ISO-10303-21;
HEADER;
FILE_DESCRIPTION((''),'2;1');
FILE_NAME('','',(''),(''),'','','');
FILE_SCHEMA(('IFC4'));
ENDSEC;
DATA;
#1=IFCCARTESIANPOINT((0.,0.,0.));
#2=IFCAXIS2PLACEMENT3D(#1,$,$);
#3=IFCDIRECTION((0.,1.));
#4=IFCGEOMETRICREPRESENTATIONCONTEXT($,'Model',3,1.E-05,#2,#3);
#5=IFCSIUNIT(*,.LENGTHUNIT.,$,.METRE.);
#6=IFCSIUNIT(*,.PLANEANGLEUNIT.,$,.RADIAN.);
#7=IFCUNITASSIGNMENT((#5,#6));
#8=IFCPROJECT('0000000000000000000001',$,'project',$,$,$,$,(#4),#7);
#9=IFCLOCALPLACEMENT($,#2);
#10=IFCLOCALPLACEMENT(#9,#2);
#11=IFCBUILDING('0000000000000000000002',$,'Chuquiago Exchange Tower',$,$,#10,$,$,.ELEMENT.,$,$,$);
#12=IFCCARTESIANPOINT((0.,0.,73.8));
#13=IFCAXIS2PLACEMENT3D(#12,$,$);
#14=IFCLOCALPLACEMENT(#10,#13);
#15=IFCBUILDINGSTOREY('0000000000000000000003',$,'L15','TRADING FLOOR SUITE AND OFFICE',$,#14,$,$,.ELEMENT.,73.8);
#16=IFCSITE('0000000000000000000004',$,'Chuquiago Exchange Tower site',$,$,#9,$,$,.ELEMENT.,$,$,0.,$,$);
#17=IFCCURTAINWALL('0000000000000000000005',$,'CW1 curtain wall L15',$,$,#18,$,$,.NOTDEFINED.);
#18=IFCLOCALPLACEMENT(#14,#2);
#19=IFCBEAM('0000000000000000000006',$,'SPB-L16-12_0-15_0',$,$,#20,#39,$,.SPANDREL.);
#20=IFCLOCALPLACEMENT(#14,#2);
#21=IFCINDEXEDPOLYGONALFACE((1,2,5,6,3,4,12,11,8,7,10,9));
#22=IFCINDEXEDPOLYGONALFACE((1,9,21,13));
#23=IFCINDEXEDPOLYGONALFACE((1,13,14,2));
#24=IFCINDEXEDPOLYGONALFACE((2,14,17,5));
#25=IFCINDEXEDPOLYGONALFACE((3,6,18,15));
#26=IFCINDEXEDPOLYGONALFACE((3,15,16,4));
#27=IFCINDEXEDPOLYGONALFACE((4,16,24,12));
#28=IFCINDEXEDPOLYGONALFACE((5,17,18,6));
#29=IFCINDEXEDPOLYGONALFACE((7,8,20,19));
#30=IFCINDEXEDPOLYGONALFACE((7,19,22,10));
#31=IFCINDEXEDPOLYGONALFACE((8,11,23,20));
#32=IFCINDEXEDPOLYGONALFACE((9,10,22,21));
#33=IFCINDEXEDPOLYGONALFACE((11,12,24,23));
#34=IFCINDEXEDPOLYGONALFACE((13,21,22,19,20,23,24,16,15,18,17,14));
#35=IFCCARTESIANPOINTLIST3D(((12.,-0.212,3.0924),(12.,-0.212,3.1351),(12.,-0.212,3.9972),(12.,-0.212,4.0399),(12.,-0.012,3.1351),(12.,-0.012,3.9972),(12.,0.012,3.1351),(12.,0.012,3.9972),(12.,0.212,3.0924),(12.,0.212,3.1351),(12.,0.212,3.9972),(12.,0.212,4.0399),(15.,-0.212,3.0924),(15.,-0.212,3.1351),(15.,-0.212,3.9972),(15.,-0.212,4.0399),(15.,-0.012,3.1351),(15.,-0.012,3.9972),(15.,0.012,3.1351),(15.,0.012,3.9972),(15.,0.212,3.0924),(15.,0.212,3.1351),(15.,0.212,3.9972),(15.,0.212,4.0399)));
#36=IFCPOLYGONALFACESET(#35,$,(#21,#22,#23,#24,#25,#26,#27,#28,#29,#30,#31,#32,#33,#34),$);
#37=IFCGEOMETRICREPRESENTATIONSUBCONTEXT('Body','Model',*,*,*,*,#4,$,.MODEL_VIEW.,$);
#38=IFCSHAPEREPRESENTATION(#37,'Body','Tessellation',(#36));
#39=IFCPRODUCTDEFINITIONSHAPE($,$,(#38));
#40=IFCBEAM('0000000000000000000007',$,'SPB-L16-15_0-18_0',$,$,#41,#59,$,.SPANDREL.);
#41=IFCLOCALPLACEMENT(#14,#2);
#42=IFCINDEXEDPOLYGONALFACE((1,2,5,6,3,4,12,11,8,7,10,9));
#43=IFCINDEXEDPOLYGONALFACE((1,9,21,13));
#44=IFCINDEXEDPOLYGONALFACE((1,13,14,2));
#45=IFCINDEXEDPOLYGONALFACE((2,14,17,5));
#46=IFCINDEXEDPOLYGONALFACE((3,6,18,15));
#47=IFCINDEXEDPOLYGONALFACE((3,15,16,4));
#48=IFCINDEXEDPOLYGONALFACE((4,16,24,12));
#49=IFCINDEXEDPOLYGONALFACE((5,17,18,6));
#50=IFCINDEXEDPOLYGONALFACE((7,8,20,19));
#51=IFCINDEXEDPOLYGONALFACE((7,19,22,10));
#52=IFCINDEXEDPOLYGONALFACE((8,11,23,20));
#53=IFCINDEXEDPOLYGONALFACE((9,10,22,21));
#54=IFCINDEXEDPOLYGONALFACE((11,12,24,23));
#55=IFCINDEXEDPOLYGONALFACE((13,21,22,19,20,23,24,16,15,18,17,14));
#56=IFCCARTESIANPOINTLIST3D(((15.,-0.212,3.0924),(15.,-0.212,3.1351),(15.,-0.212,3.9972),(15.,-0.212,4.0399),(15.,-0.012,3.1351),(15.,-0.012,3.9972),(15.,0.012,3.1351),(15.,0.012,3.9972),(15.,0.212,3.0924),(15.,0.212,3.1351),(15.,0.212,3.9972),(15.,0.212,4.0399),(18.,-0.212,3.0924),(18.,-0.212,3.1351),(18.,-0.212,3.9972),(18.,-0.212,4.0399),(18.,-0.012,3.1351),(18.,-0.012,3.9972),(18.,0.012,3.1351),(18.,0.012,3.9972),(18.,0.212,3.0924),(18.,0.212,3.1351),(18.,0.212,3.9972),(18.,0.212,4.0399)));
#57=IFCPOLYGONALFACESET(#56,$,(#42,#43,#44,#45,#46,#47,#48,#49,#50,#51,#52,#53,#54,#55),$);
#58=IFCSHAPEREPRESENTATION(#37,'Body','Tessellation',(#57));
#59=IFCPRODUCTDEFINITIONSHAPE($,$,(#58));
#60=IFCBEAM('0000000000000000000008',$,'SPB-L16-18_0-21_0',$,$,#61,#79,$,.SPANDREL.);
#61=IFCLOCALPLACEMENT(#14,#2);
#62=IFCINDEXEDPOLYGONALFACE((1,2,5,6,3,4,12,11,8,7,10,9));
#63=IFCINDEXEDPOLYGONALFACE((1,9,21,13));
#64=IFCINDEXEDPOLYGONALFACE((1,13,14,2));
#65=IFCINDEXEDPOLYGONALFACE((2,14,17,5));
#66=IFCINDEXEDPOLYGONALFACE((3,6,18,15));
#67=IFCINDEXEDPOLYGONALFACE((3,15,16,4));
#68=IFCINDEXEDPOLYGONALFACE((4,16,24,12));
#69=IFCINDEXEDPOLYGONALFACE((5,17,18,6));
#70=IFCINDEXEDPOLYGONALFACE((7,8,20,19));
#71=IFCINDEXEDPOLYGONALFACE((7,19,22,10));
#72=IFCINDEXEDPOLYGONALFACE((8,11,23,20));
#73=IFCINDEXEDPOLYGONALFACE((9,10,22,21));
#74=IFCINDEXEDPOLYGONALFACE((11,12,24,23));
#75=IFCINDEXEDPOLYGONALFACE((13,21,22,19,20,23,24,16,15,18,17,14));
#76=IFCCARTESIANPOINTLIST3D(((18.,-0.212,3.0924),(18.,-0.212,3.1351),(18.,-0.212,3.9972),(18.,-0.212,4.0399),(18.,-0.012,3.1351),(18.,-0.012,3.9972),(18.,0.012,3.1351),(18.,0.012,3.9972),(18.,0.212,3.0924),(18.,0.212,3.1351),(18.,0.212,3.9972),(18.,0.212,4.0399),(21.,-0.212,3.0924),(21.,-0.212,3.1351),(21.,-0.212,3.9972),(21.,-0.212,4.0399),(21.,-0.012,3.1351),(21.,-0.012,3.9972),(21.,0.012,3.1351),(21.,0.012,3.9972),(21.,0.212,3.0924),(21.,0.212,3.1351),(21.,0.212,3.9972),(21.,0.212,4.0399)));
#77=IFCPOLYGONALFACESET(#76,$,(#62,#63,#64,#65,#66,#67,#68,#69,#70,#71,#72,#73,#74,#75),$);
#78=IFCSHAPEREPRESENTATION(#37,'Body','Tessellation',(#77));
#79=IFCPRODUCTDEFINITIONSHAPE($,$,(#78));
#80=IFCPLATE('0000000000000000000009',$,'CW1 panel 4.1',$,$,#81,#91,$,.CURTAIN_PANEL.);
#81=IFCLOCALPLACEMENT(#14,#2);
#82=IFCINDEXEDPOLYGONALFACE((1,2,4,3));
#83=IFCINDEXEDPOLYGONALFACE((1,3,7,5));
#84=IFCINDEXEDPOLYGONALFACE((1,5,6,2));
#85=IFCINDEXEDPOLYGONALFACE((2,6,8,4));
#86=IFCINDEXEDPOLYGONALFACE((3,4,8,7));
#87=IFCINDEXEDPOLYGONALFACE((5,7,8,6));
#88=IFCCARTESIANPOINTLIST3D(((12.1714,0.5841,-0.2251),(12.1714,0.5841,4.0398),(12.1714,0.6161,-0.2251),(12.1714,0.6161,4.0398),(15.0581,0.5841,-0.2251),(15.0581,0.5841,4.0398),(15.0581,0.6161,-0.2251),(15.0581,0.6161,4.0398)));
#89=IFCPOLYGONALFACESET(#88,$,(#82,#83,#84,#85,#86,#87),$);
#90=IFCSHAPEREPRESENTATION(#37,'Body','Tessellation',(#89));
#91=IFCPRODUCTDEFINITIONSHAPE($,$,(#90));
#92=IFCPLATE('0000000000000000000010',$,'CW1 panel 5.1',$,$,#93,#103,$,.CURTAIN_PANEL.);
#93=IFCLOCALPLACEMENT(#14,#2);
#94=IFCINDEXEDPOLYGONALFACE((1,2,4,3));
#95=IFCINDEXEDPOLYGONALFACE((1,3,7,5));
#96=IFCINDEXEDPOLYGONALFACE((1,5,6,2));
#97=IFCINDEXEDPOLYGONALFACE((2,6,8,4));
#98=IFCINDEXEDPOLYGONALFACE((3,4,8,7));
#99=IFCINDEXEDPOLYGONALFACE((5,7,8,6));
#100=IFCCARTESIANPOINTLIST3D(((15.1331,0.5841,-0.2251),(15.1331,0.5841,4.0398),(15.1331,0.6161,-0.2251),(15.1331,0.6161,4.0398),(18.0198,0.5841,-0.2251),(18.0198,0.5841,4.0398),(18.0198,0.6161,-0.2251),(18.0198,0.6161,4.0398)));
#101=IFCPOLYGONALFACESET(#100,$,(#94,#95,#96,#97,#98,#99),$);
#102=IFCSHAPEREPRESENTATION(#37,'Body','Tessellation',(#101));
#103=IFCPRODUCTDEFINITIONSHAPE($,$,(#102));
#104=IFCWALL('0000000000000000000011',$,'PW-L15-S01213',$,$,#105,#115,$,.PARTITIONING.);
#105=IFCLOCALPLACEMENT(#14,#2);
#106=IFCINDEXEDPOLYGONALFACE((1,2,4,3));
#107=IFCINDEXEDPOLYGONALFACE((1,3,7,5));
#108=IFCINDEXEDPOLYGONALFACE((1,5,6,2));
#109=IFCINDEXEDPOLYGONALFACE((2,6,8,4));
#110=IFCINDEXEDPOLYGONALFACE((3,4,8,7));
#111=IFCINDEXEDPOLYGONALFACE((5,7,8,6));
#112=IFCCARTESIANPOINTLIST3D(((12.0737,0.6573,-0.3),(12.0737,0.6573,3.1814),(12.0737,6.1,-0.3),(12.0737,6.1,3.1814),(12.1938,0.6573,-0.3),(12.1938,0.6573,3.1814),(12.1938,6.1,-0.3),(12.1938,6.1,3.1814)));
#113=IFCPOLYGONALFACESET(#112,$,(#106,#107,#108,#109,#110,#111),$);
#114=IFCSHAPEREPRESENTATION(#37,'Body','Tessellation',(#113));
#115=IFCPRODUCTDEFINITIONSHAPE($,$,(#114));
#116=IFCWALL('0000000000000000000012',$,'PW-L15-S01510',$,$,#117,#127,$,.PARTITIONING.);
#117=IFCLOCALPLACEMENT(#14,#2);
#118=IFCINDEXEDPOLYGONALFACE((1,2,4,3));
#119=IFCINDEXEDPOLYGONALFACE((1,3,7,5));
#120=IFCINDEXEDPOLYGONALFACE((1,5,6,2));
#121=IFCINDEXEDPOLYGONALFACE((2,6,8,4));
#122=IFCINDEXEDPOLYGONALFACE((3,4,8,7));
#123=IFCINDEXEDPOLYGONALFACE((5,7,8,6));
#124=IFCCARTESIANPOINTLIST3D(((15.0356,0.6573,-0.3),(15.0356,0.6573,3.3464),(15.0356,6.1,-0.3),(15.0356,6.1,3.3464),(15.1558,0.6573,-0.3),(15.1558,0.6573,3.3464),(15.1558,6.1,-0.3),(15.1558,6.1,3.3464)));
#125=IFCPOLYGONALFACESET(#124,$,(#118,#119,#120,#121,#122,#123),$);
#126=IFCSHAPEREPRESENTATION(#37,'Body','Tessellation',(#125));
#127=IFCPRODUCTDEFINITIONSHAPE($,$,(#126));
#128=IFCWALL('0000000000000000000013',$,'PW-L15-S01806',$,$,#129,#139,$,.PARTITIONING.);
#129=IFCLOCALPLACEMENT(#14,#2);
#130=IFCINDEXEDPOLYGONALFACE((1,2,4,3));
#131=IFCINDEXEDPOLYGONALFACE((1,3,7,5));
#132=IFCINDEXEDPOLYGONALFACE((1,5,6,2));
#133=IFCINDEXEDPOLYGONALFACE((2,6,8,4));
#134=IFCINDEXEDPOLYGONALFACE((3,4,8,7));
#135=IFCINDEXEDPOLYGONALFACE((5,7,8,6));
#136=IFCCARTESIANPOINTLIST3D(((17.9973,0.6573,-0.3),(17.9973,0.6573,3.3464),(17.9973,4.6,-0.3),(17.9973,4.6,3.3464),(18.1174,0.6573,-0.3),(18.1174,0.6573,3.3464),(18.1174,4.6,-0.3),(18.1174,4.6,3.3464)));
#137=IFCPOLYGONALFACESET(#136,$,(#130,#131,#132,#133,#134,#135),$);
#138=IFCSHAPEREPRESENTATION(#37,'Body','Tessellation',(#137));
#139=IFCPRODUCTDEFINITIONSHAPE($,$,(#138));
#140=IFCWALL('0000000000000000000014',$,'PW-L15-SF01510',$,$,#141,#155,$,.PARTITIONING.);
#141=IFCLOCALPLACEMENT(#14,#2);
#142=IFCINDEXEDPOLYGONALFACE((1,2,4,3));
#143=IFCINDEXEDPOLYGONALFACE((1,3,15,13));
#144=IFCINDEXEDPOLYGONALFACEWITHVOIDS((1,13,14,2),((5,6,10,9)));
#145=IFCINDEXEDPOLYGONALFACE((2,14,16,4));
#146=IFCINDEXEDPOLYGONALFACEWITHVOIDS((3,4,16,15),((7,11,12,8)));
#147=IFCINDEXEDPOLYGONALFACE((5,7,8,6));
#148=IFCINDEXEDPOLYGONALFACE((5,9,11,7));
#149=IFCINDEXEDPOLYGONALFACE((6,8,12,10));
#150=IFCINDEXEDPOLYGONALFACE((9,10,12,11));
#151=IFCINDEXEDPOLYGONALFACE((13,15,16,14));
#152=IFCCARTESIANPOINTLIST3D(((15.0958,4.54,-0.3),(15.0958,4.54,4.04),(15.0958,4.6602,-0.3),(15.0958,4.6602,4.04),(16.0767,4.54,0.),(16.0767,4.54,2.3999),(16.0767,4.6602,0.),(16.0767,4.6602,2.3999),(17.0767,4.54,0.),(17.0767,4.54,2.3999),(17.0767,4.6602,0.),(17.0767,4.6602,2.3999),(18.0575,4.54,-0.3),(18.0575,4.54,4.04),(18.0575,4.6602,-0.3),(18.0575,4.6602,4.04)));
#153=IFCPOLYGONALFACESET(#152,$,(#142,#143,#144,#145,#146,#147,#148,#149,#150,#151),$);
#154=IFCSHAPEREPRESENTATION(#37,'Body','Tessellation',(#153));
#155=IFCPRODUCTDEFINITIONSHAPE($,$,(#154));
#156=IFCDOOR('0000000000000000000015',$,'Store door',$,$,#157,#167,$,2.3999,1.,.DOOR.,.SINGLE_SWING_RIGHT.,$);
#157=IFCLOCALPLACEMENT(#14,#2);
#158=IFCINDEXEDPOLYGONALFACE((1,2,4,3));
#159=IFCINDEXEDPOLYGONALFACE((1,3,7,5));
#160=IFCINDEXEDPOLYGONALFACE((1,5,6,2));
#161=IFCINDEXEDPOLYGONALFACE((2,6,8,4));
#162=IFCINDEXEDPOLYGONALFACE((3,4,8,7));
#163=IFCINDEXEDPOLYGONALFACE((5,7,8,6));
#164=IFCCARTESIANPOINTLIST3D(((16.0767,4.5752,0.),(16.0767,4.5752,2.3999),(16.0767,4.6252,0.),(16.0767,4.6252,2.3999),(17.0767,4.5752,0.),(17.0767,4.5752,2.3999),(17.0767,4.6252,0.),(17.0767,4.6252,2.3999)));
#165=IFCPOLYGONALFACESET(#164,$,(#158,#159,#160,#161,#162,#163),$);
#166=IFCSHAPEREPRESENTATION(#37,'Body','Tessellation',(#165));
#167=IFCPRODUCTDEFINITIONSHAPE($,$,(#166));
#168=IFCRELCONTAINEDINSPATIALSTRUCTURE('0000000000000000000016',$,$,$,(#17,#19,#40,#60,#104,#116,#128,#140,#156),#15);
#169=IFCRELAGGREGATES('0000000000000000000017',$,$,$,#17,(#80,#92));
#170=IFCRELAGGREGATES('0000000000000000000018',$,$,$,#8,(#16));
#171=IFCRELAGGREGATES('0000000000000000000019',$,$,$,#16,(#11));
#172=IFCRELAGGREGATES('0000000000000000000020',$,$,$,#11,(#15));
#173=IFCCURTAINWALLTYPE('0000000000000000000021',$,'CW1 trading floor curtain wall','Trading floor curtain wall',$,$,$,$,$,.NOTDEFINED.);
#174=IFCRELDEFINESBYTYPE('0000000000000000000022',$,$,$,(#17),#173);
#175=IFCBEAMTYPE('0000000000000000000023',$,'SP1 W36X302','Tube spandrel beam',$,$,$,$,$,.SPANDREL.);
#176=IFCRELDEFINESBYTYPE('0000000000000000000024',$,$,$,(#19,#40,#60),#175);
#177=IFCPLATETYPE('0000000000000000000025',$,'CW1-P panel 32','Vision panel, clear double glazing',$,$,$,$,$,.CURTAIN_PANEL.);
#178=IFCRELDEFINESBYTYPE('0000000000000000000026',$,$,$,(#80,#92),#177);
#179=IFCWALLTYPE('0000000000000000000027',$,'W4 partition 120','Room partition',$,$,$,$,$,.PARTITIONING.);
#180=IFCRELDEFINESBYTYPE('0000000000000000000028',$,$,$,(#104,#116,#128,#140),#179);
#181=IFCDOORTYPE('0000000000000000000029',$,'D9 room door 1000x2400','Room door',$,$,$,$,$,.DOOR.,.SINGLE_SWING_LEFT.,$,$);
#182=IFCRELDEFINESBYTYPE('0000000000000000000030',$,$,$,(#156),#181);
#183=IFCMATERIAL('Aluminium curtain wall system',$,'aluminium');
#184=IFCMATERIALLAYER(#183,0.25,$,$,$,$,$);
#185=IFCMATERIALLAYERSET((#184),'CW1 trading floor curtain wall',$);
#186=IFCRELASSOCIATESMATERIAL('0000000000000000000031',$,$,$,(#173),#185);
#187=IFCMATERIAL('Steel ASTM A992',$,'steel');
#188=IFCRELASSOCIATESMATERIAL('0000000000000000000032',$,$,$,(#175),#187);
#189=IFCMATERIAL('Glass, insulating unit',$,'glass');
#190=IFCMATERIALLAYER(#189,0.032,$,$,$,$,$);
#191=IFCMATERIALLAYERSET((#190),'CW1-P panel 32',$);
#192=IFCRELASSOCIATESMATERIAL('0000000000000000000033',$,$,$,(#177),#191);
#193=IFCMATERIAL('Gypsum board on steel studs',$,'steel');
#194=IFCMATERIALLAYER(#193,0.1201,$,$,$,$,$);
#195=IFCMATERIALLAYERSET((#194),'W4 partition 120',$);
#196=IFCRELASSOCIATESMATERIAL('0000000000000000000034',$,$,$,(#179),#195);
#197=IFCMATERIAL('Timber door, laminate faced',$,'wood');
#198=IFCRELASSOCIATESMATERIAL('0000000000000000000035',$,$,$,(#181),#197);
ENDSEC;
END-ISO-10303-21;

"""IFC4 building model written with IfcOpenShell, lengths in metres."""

from ifc_helpers import new_model, si_unit, direction, frame, frame_2d, origin, origin_2d, place, context, subcontext, project, spatial, rectangle, i_section, extrude, material, layer, layer_set, material_profile, profile_set, type_object, element, fill, aggregate, save


model = new_model("IFC4")

# Units and contexts
model_context = context("Model", 3, precision=1e-05, world=origin(), true_north=direction((0.0, 1.0)))
body_context = subcontext(model_context, "Body", "Model", "MODEL_VIEW")
ifc_project = project(units=[si_unit("LENGTHUNIT", "METRE"), si_unit("PLANEANGLEUNIT", "RADIAN")], contexts=[model_context])

# Site, building, storey
site_placement = place(None, origin())
site = spatial("IfcSite", under=ifc_project, at=site_placement, Name="Chuquiago Exchange Tower site", CompositionType="ELEMENT", RefElevation=0.0)
building_placement = place(site_placement, origin())
building = spatial("IfcBuilding", under=site, at=building_placement, Name="Chuquiago Exchange Tower", CompositionType="ELEMENT")
storey_placement = place(building_placement, frame((0.0, 0.0, 73.8)))
storey = spatial("IfcBuildingStorey", under=building, at=storey_placement, Name="L15", Description="TRADING FLOOR SUITE AND OFFICE", CompositionType="ELEMENT", Elevation=73.8)

# Curtain wall
ifc_material_1 = material(Name="Aluminium curtain wall system", Category="aluminium")
ifc_layer_1 = layer(ifc_material_1, 0.25)
ifc_layer_set_1 = layer_set([ifc_layer_1], Name="CW1 trading floor curtain wall")
curtain_wall_type = type_object("IfcCurtainWallType", Name="CW1 trading floor curtain wall", Description="Trading floor curtain wall", PredefinedType="NOTDEFINED", material=ifc_layer_set_1)
curtain_wall_placement = place(storey_placement, origin())
curtain_wall = element("IfcCurtainWall", 1, at=curtain_wall_placement, inside=storey, type_object=curtain_wall_type, Name="CW1 curtain wall L15", PredefinedType="NOTDEFINED")

# Beams
ifc_material_2 = material(Name="Steel ASTM A992", Category="steel")
ifc_material_profile_1 = material_profile(ifc_material_2, i_section(OverallWidth=0.4241, OverallDepth=0.9475, WebThickness=0.0239, FlangeThickness=0.0427, at=origin_2d()), Name="W36X302")
ifc_profile_set_1 = profile_set([ifc_material_profile_1], Name="Steel ASTM A992")
beam_type_1 = type_object("IfcBeamType", Name="SP1 W36X302", Description="Tube spandrel beam", PredefinedType="SPANDREL", material=ifc_profile_set_1)
for number, where, z_axis, x_axis, name in (
    (2, (12.0, 0.0, 3.5662), (1.0, 0.0, 0.0), (0.0, 1.0, 0.0), "SPB-L16-12_0-15_0"),
    (3, (15.0, 0.0, 3.5662), (1.0, 0.0, 0.0), (0.0, 1.0, 0.0), "SPB-L16-15_0-18_0"),
    (4, (18.0, 0.0, 3.5662), (1.0, 0.0, 0.0), (0.0, 1.0, 0.0), "SPB-L16-18_0-21_0"),
):
    element("IfcBeam", number, at=place(storey_placement, frame(where, z_axis=z_axis, x_axis=x_axis)), inside=storey, type_object=beam_type_1, Name=name, PredefinedType="SPANDREL", context=body_context, shape_type="SweptSolid", body=[
        extrude(i_section(OverallWidth=0.4241, OverallDepth=0.9475, WebThickness=0.0239, FlangeThickness=0.0427, at=origin_2d()), origin(), (0.0, 0.0, 1.0), 3.0),
    ])

# Plates
ifc_material_3 = material(Name="Glass, insulating unit", Category="glass")
ifc_layer_2 = layer(ifc_material_3, 0.032)
ifc_layer_set_2 = layer_set([ifc_layer_2], Name="CW1-P panel 32")
plate_type = type_object("IfcPlateType", Name="CW1-P panel 32", Description="Vision panel, clear double glazing", PredefinedType="CURTAIN_PANEL", material=ifc_layer_set_2)
plate_1_placement = place(storey_placement, frame((13.6147, 0.6001, -0.2251), z_axis=(0.0, 0.0, 1.0), x_axis=(1.0, 0.0, 0.0)))
plate_1 = element("IfcPlate", 5, at=plate_1_placement, type_object=plate_type, Name="CW1 panel 4.1", PredefinedType="CURTAIN_PANEL", context=body_context, shape_type="SweptSolid", body=[
    extrude(rectangle(XDim=2.8867, YDim=0.032, at=origin_2d()), origin(), (0.0, 0.0, 1.0), 4.2649),
])
plate_2_placement = place(storey_placement, frame((16.5764, 0.6001, -0.2251), z_axis=(0.0, 0.0, 1.0), x_axis=(1.0, 0.0, 0.0)))
plate_2 = element("IfcPlate", 6, at=plate_2_placement, type_object=plate_type, Name="CW1 panel 5.1", PredefinedType="CURTAIN_PANEL", context=body_context, shape_type="SweptSolid", body=[
    extrude(rectangle(XDim=2.8867, YDim=0.032, at=origin_2d()), origin(), (0.0, 0.0, 1.0), 4.2649),
])
aggregate(curtain_wall, [plate_1, plate_2])

# Walls
ifc_material_4 = material(Name="Gypsum board on steel studs", Category="steel")
ifc_layer_3 = layer(ifc_material_4, 0.1201)
ifc_layer_set_3 = layer_set([ifc_layer_3], Name="W4 partition 120")
wall_type = type_object("IfcWallType", Name="W4 partition 120", Description="Room partition", PredefinedType="PARTITIONING", material=ifc_layer_set_3)
wall_1_placement = place(storey_placement, frame((12.1338, 0.6575, -0.3), z_axis=(0.0, 0.0, 1.0), x_axis=(0.0, 1.0, 0.0)))
element("IfcWall", 7, at=wall_1_placement, inside=storey, type_object=wall_type, Name="PW-L15-S01213", PredefinedType="PARTITIONING", context=body_context, shape_type="SweptSolid", body=[
    extrude(rectangle(XDim=5.4426, YDim=0.1201, at=frame_2d((2.7212, 0.0))), origin(), (0.0, 0.0, 1.0), 3.4814),
])
wall_2_placement = place(storey_placement, frame((15.0957, 0.6575, -0.3), z_axis=(0.0, 0.0, 1.0), x_axis=(0.0, 1.0, 0.0)))
element("IfcWall", 8, at=wall_2_placement, inside=storey, type_object=wall_type, Name="PW-L15-S01510", PredefinedType="PARTITIONING", context=body_context, shape_type="SweptSolid", body=[
    extrude(rectangle(XDim=5.4426, YDim=0.1201, at=frame_2d((2.7212, 0.0))), origin(), (0.0, 0.0, 1.0), 3.6465),
])
wall_3_placement = place(storey_placement, frame((18.0574, 0.6575, -0.3), z_axis=(0.0, 0.0, 1.0), x_axis=(0.0, 1.0, 0.0)))
element("IfcWall", 9, at=wall_3_placement, inside=storey, type_object=wall_type, Name="PW-L15-S01806", PredefinedType="PARTITIONING", context=body_context, shape_type="SweptSolid", body=[
    extrude(rectangle(XDim=3.9426, YDim=0.1201, at=frame_2d((1.9712, 0.0))), origin(), (0.0, 0.0, 1.0), 3.6465),
])

# Wall, opening, door
wall_4_placement = place(storey_placement, frame((15.0957, 4.6001, -0.3), z_axis=(0.0, 0.0, 1.0), x_axis=(1.0, 0.0, 0.0)))
wall_4 = element("IfcWall", 10, at=wall_4_placement, inside=storey, type_object=wall_type, Name="PW-L15-SF01510", PredefinedType="PARTITIONING", context=body_context, shape_type="SweptSolid", body=[
    extrude(rectangle(XDim=2.9617, YDim=0.1201, at=frame_2d((1.481, 0.0))), origin(), (0.0, 0.0, 1.0), 4.3401),
])
opening_placement = place(wall_4_placement, frame((0.981, 0.0, 0.3)))
opening = element("IfcOpeningElement", 11, at=opening_placement, cuts=wall_4, PredefinedType="OPENING", context=body_context, shape_type="SweptSolid", body=[
    extrude(rectangle(XDim=1.0, YDim=2.3999, at=frame_2d((0.5, 1.2))), frame((0.0, 0.0701, 0.0), z_axis=(0.0, -1.0, 0.0), x_axis=(1.0, 0.0, 0.0)), (0.0, 0.0, 1.0), 0.1401),
])
ifc_material_5 = material(Name="Timber door, laminate faced", Category="wood")
door_type = type_object("IfcDoorType", Name="D9 room door 1000x2400", Description="Room door", OperationType="SINGLE_SWING_LEFT", PredefinedType="DOOR", material=ifc_material_5)
door_placement = place(opening_placement, frame((1.0, 0.0, 0.0), z_axis=(0.0, 0.0, 1.0), x_axis=(-1.0, 0.0, 0.0)))
door = element("IfcDoor", 12, at=door_placement, inside=storey, type_object=door_type, Name="Store door", OperationType="SINGLE_SWING_RIGHT", OverallHeight=2.3999, OverallWidth=1.0, PredefinedType="DOOR", context=body_context, shape_type="SweptSolid", body=[
    extrude(rectangle(XDim=1.0, YDim=2.3999, at=frame_2d((0.5, 1.2))), frame((0.0, 0.0249, 0.0), z_axis=(0.0, -1.0, 0.0), x_axis=(1.0, 0.0, 0.0)), (0.0, 0.0, 1.0), 0.05),
])
fill(opening, door)

save(model, "model.ifc")
